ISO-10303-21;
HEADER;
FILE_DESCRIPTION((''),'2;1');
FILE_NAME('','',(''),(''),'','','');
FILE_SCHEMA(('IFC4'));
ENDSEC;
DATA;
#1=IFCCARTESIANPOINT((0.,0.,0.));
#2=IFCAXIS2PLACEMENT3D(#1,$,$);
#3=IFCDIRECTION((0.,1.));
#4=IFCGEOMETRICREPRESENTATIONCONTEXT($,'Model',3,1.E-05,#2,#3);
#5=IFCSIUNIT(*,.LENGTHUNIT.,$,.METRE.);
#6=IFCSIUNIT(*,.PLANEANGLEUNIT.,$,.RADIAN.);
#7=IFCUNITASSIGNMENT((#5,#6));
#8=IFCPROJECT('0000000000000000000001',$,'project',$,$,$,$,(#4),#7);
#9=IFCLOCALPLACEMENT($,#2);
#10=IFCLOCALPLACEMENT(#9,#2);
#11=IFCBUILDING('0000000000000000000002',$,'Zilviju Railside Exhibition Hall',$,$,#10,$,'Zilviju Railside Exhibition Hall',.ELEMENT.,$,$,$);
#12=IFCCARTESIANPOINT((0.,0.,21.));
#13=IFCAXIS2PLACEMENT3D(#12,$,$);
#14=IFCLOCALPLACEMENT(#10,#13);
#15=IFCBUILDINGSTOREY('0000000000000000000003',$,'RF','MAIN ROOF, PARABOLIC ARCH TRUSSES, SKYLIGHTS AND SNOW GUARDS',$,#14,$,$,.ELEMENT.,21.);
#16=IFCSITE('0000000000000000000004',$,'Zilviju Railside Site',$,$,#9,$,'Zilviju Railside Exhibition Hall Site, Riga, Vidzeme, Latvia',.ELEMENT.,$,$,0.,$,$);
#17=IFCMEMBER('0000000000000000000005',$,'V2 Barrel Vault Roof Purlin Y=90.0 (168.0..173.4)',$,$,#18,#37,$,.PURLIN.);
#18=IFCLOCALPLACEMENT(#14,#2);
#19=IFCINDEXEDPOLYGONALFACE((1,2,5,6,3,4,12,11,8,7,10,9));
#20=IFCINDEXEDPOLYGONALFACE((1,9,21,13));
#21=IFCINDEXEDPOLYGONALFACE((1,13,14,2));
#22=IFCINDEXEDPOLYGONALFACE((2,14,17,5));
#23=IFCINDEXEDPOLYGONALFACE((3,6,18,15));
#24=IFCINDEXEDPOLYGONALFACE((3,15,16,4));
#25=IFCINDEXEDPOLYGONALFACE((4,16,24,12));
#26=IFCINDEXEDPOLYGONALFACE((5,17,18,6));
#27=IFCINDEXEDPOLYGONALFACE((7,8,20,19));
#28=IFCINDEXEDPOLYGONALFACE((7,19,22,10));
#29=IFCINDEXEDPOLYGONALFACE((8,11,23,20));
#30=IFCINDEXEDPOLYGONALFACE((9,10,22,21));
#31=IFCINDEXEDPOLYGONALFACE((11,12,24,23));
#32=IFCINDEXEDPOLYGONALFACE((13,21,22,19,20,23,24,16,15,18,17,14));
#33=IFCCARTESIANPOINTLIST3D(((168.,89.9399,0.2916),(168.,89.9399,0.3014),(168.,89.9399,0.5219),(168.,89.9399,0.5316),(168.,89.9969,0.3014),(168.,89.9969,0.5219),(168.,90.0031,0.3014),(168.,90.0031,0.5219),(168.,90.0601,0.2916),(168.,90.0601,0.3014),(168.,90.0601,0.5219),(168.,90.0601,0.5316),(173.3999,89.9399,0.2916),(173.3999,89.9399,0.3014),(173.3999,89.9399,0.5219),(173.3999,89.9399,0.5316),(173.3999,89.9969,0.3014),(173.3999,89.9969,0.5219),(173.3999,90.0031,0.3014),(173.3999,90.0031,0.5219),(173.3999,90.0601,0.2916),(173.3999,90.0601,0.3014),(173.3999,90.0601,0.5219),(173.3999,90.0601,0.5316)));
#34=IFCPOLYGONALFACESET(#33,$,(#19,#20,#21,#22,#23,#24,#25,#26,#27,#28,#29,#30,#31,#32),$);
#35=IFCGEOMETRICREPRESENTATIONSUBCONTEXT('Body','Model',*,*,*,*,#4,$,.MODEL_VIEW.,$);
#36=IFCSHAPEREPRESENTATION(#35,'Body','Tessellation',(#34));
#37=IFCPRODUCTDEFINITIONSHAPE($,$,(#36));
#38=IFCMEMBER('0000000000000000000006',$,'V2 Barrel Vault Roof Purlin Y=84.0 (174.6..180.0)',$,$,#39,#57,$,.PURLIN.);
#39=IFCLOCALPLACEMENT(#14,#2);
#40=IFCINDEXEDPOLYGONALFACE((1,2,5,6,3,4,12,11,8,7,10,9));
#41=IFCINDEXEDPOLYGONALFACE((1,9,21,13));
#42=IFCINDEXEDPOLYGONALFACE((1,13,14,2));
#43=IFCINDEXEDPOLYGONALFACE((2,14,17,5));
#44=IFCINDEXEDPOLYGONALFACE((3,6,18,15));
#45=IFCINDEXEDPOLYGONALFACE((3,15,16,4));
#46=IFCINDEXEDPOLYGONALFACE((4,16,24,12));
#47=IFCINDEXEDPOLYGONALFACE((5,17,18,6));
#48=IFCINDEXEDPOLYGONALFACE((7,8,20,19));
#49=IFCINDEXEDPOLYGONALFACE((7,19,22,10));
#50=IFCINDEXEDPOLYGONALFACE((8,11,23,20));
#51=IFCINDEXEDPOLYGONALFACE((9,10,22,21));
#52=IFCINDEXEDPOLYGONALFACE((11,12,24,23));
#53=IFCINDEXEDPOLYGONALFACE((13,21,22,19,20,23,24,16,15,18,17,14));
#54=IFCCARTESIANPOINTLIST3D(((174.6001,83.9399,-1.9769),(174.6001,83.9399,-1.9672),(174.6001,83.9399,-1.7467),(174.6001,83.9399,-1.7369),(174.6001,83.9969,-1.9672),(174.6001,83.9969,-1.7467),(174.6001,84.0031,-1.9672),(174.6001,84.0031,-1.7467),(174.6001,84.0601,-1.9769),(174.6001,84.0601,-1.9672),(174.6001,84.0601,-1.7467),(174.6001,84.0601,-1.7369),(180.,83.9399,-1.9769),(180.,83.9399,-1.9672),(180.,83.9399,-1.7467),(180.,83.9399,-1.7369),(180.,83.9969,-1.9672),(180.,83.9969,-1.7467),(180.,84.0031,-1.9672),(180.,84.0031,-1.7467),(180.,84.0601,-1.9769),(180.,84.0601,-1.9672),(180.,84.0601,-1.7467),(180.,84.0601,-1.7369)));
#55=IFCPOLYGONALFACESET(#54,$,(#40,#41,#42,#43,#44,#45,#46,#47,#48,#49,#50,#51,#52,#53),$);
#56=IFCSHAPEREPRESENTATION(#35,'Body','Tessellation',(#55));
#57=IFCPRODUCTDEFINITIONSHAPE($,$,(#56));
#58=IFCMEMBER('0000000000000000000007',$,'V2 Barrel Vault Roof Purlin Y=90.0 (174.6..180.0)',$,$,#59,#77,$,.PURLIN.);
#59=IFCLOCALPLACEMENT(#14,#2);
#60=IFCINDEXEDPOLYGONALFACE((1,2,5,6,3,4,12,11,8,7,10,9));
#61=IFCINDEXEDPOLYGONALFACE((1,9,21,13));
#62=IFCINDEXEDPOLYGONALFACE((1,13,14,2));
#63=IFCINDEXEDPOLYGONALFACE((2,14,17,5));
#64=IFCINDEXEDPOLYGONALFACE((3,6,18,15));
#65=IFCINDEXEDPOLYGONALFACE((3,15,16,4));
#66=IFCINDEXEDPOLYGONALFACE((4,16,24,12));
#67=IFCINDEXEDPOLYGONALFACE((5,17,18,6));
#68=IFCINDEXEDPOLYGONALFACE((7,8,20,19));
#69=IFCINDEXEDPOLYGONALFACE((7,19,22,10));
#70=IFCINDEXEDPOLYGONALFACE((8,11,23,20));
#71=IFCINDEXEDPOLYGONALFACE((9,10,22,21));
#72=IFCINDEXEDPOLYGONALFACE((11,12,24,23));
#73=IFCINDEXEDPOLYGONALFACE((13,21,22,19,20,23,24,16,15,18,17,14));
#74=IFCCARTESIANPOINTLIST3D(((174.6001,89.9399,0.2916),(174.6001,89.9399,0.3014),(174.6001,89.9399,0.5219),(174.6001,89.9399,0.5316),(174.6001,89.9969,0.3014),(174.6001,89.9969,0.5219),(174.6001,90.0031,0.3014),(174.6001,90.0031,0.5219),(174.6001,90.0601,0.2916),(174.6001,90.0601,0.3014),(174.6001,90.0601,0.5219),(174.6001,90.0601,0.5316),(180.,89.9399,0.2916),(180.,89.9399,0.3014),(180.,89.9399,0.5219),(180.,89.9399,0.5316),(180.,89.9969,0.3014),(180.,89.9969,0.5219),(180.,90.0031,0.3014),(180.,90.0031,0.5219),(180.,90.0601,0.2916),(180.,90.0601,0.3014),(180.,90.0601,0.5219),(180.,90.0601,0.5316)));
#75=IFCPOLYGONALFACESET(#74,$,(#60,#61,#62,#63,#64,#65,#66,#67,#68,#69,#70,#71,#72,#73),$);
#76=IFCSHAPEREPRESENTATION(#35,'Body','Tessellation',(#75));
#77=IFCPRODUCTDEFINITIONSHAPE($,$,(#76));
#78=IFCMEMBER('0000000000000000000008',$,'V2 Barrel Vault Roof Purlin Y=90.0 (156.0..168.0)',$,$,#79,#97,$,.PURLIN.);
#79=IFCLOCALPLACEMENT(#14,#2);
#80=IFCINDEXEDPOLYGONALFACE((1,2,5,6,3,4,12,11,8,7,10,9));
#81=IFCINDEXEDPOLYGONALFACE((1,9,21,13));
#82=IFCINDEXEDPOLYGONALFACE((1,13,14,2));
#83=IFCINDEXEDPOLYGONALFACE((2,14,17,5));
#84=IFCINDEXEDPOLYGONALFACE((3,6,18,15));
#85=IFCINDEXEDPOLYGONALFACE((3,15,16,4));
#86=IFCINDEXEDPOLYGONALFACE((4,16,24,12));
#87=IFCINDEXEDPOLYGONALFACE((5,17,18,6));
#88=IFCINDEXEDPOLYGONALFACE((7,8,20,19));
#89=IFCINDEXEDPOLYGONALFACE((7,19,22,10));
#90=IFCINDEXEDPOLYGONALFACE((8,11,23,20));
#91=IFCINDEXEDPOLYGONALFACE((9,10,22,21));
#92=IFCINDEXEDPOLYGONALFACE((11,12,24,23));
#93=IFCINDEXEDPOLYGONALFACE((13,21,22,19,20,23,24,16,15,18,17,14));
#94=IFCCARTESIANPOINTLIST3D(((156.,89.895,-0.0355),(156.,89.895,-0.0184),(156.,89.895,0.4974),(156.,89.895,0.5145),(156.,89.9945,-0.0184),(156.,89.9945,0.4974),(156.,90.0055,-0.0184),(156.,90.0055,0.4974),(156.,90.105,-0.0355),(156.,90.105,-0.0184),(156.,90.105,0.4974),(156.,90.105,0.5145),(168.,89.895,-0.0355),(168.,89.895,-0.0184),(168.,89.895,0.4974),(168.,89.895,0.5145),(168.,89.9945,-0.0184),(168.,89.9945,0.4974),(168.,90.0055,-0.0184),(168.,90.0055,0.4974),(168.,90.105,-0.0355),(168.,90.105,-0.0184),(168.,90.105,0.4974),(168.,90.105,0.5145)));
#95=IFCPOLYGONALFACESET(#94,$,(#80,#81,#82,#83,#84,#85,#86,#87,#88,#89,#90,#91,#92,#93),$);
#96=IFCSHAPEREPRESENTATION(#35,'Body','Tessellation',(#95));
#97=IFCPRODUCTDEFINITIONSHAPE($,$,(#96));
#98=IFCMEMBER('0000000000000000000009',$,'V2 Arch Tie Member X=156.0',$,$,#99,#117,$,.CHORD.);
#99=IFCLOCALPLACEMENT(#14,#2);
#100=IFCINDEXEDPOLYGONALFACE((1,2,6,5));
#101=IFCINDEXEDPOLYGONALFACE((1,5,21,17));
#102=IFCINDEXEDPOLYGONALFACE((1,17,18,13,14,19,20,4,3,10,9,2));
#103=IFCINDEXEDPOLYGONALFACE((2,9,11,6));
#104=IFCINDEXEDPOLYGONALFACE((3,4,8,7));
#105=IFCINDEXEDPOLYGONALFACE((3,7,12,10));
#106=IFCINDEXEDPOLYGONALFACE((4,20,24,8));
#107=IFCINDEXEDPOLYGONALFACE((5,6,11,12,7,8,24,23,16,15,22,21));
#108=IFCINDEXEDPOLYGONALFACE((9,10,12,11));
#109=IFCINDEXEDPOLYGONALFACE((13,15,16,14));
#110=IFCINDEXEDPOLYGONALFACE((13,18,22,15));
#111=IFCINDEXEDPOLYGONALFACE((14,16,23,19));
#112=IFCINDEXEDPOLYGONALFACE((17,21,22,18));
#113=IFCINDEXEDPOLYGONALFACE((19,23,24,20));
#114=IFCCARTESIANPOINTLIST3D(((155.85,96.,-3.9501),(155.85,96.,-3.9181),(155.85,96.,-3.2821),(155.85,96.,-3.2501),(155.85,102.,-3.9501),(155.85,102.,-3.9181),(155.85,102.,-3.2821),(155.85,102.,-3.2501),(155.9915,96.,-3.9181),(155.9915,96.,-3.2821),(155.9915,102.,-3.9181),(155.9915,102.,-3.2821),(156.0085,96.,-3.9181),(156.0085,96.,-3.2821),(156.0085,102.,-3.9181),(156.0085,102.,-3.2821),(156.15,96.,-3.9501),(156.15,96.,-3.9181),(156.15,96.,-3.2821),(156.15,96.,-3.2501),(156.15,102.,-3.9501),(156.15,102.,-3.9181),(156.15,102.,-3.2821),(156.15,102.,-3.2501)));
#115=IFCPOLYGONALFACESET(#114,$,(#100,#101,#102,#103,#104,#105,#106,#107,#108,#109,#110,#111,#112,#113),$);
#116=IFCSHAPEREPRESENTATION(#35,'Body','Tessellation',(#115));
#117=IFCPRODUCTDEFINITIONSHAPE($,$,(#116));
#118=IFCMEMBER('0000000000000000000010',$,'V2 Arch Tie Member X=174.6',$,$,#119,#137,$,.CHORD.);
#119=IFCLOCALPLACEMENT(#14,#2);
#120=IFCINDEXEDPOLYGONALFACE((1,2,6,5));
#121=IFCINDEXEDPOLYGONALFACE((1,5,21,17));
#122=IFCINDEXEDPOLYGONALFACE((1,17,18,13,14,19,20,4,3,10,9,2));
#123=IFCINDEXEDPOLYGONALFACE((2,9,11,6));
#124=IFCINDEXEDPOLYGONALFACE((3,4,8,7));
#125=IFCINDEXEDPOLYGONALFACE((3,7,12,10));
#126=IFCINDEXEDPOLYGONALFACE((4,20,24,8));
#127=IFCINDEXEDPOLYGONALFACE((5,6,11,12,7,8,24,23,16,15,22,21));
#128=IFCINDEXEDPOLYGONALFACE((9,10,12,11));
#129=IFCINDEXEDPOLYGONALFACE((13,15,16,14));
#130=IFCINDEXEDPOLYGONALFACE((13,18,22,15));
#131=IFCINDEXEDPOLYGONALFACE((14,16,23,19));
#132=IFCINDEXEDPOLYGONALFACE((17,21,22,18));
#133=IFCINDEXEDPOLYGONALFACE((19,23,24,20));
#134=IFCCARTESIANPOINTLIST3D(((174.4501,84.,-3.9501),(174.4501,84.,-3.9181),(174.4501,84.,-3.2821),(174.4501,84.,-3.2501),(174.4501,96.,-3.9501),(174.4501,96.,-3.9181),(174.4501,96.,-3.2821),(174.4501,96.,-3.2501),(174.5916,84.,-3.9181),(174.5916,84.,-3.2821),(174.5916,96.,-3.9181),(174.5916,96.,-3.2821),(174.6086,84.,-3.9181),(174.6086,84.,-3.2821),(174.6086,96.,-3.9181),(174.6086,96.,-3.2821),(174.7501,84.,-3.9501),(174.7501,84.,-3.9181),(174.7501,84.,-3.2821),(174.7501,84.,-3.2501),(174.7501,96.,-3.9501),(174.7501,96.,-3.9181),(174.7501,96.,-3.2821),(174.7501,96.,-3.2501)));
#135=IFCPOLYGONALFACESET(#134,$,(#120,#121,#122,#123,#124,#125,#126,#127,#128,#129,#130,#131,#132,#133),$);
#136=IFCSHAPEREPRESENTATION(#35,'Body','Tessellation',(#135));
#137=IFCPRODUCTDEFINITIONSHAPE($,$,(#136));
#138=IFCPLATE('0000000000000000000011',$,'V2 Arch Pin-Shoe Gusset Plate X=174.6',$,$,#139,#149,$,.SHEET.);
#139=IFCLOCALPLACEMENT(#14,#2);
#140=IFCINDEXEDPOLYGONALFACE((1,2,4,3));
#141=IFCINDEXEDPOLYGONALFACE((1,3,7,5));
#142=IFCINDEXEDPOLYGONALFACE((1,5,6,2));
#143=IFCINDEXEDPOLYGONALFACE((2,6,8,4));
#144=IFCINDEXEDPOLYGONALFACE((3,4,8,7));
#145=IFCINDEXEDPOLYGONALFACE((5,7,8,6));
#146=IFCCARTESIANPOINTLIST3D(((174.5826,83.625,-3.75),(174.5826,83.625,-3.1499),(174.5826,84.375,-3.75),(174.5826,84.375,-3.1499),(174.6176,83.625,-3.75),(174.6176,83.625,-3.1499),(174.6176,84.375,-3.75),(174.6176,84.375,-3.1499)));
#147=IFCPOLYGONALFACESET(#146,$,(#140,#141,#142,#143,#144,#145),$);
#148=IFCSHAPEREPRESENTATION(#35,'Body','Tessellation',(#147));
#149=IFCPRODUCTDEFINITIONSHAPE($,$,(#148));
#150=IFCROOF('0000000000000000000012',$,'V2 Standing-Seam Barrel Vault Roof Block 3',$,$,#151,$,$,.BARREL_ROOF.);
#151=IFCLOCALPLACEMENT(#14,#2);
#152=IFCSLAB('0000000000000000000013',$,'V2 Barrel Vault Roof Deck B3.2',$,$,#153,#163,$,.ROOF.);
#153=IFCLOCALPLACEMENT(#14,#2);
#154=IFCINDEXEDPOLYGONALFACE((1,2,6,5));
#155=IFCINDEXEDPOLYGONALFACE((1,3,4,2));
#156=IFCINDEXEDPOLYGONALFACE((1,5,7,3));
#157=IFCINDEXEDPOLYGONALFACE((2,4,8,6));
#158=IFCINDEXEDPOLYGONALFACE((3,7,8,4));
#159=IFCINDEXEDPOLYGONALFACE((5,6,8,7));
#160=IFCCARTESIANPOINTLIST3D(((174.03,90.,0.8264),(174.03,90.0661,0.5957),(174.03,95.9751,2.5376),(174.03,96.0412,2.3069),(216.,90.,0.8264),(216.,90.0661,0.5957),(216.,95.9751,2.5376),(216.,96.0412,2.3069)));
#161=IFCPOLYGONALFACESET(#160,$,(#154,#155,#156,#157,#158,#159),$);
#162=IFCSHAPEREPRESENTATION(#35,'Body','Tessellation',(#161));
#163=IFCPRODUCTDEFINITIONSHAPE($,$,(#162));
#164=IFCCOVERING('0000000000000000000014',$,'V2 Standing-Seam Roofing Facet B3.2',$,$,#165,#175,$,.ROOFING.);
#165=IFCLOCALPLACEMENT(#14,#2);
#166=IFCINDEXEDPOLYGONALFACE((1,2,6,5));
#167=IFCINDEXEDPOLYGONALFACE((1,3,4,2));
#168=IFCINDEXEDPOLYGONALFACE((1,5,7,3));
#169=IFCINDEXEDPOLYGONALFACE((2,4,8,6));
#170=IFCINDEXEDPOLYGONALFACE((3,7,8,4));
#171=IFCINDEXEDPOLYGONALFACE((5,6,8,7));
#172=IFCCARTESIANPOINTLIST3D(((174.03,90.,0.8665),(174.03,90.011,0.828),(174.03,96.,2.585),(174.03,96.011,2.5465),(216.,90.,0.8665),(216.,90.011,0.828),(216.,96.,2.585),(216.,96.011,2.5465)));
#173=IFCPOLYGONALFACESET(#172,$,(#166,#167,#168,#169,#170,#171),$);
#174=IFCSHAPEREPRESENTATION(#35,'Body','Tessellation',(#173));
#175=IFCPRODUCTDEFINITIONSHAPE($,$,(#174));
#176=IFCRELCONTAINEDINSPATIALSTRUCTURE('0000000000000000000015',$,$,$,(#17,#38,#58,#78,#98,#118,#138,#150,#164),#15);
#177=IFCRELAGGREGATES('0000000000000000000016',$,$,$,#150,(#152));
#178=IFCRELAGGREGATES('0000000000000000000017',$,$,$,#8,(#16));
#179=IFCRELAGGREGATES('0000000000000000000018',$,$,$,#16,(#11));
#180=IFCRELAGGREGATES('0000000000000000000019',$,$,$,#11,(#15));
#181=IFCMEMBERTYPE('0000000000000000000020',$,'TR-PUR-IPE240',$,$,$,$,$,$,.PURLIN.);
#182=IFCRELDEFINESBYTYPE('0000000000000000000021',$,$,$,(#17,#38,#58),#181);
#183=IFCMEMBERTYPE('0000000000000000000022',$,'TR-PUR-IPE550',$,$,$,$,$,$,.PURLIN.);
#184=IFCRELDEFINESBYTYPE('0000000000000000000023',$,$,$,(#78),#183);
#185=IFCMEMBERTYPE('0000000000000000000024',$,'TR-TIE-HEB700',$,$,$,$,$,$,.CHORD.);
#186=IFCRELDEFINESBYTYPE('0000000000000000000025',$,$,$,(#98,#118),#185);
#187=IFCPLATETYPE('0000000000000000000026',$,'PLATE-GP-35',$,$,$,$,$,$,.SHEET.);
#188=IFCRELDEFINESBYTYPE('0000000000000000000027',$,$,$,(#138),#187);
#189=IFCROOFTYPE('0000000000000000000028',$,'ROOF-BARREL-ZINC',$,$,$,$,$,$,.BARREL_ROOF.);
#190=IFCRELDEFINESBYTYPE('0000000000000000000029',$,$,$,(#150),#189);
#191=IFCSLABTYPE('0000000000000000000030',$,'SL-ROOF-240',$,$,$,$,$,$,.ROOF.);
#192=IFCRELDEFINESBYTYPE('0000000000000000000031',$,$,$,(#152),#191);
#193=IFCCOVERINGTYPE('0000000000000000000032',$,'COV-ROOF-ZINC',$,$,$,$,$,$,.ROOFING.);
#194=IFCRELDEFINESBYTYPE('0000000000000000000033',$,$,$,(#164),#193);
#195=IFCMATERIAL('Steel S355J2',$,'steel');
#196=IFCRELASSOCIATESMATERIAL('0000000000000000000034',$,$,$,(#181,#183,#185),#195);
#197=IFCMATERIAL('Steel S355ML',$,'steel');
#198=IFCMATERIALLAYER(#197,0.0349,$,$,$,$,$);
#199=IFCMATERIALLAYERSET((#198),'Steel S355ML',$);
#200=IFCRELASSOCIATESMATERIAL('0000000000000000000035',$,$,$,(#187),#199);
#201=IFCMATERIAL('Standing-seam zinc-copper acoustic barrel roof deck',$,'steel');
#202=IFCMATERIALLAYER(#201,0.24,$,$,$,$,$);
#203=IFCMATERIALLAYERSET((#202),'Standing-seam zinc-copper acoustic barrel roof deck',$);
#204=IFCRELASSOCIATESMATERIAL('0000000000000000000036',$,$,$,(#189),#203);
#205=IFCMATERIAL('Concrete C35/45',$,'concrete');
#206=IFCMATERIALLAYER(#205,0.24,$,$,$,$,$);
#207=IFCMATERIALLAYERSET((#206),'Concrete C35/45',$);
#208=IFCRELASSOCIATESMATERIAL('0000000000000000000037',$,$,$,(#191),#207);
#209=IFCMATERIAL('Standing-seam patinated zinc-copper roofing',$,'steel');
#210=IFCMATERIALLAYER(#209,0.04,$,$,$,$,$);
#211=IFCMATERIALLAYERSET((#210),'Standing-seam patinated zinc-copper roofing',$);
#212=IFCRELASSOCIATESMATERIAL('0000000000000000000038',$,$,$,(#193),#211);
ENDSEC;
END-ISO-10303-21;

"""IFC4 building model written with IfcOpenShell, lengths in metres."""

from ifc_helpers import new_model, si_unit, direction, frame, origin, origin_2d, place, context, subcontext, project, spatial, polyline, rectangle, i_section, outline, extrude, material, layer, layer_set, material_profile, profile_set, type_object, element, aggregate, save


model = new_model("IFC4")

# Units and contexts
model_context = context("Model", 3, precision=1e-05, world=origin(), true_north=direction((0.0, 1.0)))
body_context = subcontext(model_context, "Body", "Model", "MODEL_VIEW")
ifc_project = project(units=[si_unit("LENGTHUNIT", "METRE"), si_unit("PLANEANGLEUNIT", "RADIAN")], contexts=[model_context])

# Site, building, storey
site_placement = place(None, origin())
site = spatial("IfcSite", under=ifc_project, at=site_placement, Name="Zilviju Railside Site", LongName="Zilviju Railside Exhibition Hall Site, Riga, Vidzeme, Latvia", CompositionType="ELEMENT", RefElevation=0.0)
building_placement = place(site_placement, origin())
building = spatial("IfcBuilding", under=site, at=building_placement, Name="Zilviju Railside Exhibition Hall", LongName="Zilviju Railside Exhibition Hall", CompositionType="ELEMENT")
storey_placement = place(building_placement, frame((0.0, 0.0, 21.0)))
storey = spatial("IfcBuildingStorey", under=building, at=storey_placement, Name="RF", Description="MAIN ROOF, PARABOLIC ARCH TRUSSES, SKYLIGHTS AND SNOW GUARDS", CompositionType="ELEMENT", Elevation=21.0)

# Members
ifc_material_1 = material(Name="Steel S355J2", Category="steel")
ifc_material_profile_1 = material_profile(ifc_material_1, i_section(OverallWidth=0.1201, OverallDepth=0.24, WebThickness=0.0061, FlangeThickness=0.0098, at=origin_2d()), Name="IPE 240")
ifc_profile_set_1 = profile_set([ifc_material_profile_1], Name="Steel S355J2")
member_type_1 = type_object("IfcMemberType", Name="TR-PUR-IPE240", PredefinedType="PURLIN", material=ifc_profile_set_1)
for number, where, z_axis, x_axis, name in (
    (1, (168.0, 90.0, 0.4116), (1.0, 0.0, 0.0), (0.0, 1.0, 0.0), "V2 Barrel Vault Roof Purlin Y=90.0 (168.0..173.4)"),
    (2, (174.6001, 84.0, -1.8569), (1.0, 0.0, 0.0), (0.0, 1.0, 0.0), "V2 Barrel Vault Roof Purlin Y=84.0 (174.6..180.0)"),
    (3, (174.6001, 90.0, 0.4116), (1.0, 0.0, 0.0), (0.0, 1.0, 0.0), "V2 Barrel Vault Roof Purlin Y=90.0 (174.6..180.0)"),
):
    element("IfcMember", number, at=place(storey_placement, frame(where, z_axis=z_axis, x_axis=x_axis)), inside=storey, type_object=member_type_1, Name=name, PredefinedType="PURLIN", context=body_context, shape_type="SweptSolid", body=[
        extrude(i_section(OverallWidth=0.1201, OverallDepth=0.24, WebThickness=0.0061, FlangeThickness=0.0098, at=origin_2d()), origin(), (0.0, 0.0, 1.0), 5.3999),
    ])
ifc_material_profile_2 = material_profile(ifc_material_1, i_section(OverallWidth=0.21, OverallDepth=0.55, WebThickness=0.011, FlangeThickness=0.0171, at=origin_2d()), Name="IPE 550")
ifc_profile_set_2 = profile_set([ifc_material_profile_2], Name="Steel S355J2")
member_type_2 = type_object("IfcMemberType", Name="TR-PUR-IPE550", PredefinedType="PURLIN", material=ifc_profile_set_2)
member_1_placement = place(storey_placement, frame((156.0, 90.0, 0.2395), z_axis=(1.0, 0.0, 0.0), x_axis=(0.0, 1.0, 0.0)))
element("IfcMember", 4, at=member_1_placement, inside=storey, type_object=member_type_2, Name="V2 Barrel Vault Roof Purlin Y=90.0 (156.0..168.0)", PredefinedType="PURLIN", context=body_context, shape_type="SweptSolid", body=[
    extrude(i_section(OverallWidth=0.21, OverallDepth=0.55, WebThickness=0.011, FlangeThickness=0.0171, at=origin_2d()), origin(), (0.0, 0.0, 1.0), 12.0),
])
ifc_material_profile_3 = material_profile(ifc_material_1, i_section(OverallWidth=0.3, OverallDepth=0.7, WebThickness=0.0171, FlangeThickness=0.032, at=origin_2d()), Name="HEB 700")
ifc_profile_set_3 = profile_set([ifc_material_profile_3], Name="Steel S355J2")
member_type_3 = type_object("IfcMemberType", Name="TR-TIE-HEB700", PredefinedType="CHORD", material=ifc_profile_set_3)
member_2_placement = place(storey_placement, frame((156.0, 96.0, -3.6001), z_axis=(0.0, 1.0, 0.0), x_axis=(-1.0, 0.0, 0.0)))
element("IfcMember", 5, at=member_2_placement, inside=storey, type_object=member_type_3, Name="V2 Arch Tie Member X=156.0", PredefinedType="CHORD", context=body_context, shape_type="SweptSolid", body=[
    extrude(i_section(OverallWidth=0.3, OverallDepth=0.7, WebThickness=0.0171, FlangeThickness=0.032, at=origin_2d()), origin(), (0.0, 0.0, 1.0), 6.0),
])
member_3_placement = place(storey_placement, frame((174.6001, 84.0, -3.6001), z_axis=(0.0, 1.0, 0.0), x_axis=(-1.0, 0.0, 0.0)))
element("IfcMember", 6, at=member_3_placement, inside=storey, type_object=member_type_3, Name="V2 Arch Tie Member X=174.6", PredefinedType="CHORD", context=body_context, shape_type="SweptSolid", body=[
    extrude(i_section(OverallWidth=0.3, OverallDepth=0.7, WebThickness=0.0171, FlangeThickness=0.032, at=origin_2d()), origin(), (0.0, 0.0, 1.0), 12.0),
])

# Plate
ifc_material_2 = material(Name="Steel S355ML", Category="steel")
ifc_layer_1 = layer(ifc_material_2, 0.0349)
ifc_layer_set_1 = layer_set([ifc_layer_1], Name="Steel S355ML")
plate_type = type_object("IfcPlateType", Name="PLATE-GP-35", PredefinedType="SHEET", material=ifc_layer_set_1)
plate_placement = place(storey_placement, frame((174.6001, 84.0, -3.75), z_axis=(0.0, 0.0, 1.0), x_axis=(1.0, 0.0, 0.0)))
element("IfcPlate", 7, at=plate_placement, inside=storey, type_object=plate_type, Name="V2 Arch Pin-Shoe Gusset Plate X=174.6", PredefinedType="SHEET", context=body_context, shape_type="SweptSolid", body=[
    extrude(rectangle(XDim=0.0349, YDim=0.75, at=origin_2d()), origin(), (0.0, 0.0, 1.0), 0.6001),
])

# Roof, slab
ifc_material_3 = material(Name="Standing-seam zinc-copper acoustic barrel roof deck", Category="steel")
ifc_layer_2 = layer(ifc_material_3, 0.24)
ifc_layer_set_2 = layer_set([ifc_layer_2], Name="Standing-seam zinc-copper acoustic barrel roof deck")
roof_type = type_object("IfcRoofType", Name="ROOF-BARREL-ZINC", PredefinedType="BARREL_ROOF", material=ifc_layer_set_2)
roof_placement = place(storey_placement, origin())
roof = element("IfcRoof", 8, at=roof_placement, inside=storey, type_object=roof_type, Name="V2 Standing-Seam Barrel Vault Roof Block 3", PredefinedType="BARREL_ROOF")
ifc_material_4 = material(Name="Concrete C35/45", Category="concrete")
ifc_layer_3 = layer(ifc_material_4, 0.24)
ifc_layer_set_3 = layer_set([ifc_layer_3], Name="Concrete C35/45")
slab_type = type_object("IfcSlabType", Name="SL-ROOF-240", PredefinedType="ROOF", material=ifc_layer_set_3)
slab_placement = place(storey_placement, frame((174.03, 90.0, 0.8264), z_axis=(0.0, -0.275318, 0.961353), x_axis=(1.0, 0.0, 0.0)))
slab = element("IfcSlab", 9, at=slab_placement, type_object=slab_type, Name="V2 Barrel Vault Roof Deck B3.2", PredefinedType="ROOF", context=body_context, shape_type="SweptSolid", body=[
    extrude(outline(polyline([(0.0, 0.0), (41.97, 0.0), (41.97, 6.2153), (0.0, 6.2153), (0.0, 0.0)])), origin(), (0.0, 0.0, -1.0), 0.24),
])
aggregate(roof, [slab])

# Covering
ifc_material_5 = material(Name="Standing-seam patinated zinc-copper roofing", Category="steel")
ifc_layer_4 = layer(ifc_material_5, 0.04)
ifc_layer_set_4 = layer_set([ifc_layer_4], Name="Standing-seam patinated zinc-copper roofing")
covering_type = type_object("IfcCoveringType", Name="COV-ROOF-ZINC", PredefinedType="ROOFING", material=ifc_layer_set_4)
covering_placement = place(storey_placement, frame((174.03, 90.0, 0.8665), z_axis=(0.0, -0.275346, 0.961345), x_axis=(1.0, 0.0, 0.0)))
element("IfcCovering", 10, at=covering_placement, inside=storey, type_object=covering_type, Name="V2 Standing-Seam Roofing Facet B3.2", PredefinedType="ROOFING", context=body_context, shape_type="SweptSolid", body=[
    extrude(outline(polyline([(0.0, 0.0), (41.97, 0.0), (41.97, 6.2413), (0.0, 6.2413), (0.0, 0.0)])), origin(), (0.0, 0.0, -1.0), 0.04),
])

save(model, "model.ifc")
